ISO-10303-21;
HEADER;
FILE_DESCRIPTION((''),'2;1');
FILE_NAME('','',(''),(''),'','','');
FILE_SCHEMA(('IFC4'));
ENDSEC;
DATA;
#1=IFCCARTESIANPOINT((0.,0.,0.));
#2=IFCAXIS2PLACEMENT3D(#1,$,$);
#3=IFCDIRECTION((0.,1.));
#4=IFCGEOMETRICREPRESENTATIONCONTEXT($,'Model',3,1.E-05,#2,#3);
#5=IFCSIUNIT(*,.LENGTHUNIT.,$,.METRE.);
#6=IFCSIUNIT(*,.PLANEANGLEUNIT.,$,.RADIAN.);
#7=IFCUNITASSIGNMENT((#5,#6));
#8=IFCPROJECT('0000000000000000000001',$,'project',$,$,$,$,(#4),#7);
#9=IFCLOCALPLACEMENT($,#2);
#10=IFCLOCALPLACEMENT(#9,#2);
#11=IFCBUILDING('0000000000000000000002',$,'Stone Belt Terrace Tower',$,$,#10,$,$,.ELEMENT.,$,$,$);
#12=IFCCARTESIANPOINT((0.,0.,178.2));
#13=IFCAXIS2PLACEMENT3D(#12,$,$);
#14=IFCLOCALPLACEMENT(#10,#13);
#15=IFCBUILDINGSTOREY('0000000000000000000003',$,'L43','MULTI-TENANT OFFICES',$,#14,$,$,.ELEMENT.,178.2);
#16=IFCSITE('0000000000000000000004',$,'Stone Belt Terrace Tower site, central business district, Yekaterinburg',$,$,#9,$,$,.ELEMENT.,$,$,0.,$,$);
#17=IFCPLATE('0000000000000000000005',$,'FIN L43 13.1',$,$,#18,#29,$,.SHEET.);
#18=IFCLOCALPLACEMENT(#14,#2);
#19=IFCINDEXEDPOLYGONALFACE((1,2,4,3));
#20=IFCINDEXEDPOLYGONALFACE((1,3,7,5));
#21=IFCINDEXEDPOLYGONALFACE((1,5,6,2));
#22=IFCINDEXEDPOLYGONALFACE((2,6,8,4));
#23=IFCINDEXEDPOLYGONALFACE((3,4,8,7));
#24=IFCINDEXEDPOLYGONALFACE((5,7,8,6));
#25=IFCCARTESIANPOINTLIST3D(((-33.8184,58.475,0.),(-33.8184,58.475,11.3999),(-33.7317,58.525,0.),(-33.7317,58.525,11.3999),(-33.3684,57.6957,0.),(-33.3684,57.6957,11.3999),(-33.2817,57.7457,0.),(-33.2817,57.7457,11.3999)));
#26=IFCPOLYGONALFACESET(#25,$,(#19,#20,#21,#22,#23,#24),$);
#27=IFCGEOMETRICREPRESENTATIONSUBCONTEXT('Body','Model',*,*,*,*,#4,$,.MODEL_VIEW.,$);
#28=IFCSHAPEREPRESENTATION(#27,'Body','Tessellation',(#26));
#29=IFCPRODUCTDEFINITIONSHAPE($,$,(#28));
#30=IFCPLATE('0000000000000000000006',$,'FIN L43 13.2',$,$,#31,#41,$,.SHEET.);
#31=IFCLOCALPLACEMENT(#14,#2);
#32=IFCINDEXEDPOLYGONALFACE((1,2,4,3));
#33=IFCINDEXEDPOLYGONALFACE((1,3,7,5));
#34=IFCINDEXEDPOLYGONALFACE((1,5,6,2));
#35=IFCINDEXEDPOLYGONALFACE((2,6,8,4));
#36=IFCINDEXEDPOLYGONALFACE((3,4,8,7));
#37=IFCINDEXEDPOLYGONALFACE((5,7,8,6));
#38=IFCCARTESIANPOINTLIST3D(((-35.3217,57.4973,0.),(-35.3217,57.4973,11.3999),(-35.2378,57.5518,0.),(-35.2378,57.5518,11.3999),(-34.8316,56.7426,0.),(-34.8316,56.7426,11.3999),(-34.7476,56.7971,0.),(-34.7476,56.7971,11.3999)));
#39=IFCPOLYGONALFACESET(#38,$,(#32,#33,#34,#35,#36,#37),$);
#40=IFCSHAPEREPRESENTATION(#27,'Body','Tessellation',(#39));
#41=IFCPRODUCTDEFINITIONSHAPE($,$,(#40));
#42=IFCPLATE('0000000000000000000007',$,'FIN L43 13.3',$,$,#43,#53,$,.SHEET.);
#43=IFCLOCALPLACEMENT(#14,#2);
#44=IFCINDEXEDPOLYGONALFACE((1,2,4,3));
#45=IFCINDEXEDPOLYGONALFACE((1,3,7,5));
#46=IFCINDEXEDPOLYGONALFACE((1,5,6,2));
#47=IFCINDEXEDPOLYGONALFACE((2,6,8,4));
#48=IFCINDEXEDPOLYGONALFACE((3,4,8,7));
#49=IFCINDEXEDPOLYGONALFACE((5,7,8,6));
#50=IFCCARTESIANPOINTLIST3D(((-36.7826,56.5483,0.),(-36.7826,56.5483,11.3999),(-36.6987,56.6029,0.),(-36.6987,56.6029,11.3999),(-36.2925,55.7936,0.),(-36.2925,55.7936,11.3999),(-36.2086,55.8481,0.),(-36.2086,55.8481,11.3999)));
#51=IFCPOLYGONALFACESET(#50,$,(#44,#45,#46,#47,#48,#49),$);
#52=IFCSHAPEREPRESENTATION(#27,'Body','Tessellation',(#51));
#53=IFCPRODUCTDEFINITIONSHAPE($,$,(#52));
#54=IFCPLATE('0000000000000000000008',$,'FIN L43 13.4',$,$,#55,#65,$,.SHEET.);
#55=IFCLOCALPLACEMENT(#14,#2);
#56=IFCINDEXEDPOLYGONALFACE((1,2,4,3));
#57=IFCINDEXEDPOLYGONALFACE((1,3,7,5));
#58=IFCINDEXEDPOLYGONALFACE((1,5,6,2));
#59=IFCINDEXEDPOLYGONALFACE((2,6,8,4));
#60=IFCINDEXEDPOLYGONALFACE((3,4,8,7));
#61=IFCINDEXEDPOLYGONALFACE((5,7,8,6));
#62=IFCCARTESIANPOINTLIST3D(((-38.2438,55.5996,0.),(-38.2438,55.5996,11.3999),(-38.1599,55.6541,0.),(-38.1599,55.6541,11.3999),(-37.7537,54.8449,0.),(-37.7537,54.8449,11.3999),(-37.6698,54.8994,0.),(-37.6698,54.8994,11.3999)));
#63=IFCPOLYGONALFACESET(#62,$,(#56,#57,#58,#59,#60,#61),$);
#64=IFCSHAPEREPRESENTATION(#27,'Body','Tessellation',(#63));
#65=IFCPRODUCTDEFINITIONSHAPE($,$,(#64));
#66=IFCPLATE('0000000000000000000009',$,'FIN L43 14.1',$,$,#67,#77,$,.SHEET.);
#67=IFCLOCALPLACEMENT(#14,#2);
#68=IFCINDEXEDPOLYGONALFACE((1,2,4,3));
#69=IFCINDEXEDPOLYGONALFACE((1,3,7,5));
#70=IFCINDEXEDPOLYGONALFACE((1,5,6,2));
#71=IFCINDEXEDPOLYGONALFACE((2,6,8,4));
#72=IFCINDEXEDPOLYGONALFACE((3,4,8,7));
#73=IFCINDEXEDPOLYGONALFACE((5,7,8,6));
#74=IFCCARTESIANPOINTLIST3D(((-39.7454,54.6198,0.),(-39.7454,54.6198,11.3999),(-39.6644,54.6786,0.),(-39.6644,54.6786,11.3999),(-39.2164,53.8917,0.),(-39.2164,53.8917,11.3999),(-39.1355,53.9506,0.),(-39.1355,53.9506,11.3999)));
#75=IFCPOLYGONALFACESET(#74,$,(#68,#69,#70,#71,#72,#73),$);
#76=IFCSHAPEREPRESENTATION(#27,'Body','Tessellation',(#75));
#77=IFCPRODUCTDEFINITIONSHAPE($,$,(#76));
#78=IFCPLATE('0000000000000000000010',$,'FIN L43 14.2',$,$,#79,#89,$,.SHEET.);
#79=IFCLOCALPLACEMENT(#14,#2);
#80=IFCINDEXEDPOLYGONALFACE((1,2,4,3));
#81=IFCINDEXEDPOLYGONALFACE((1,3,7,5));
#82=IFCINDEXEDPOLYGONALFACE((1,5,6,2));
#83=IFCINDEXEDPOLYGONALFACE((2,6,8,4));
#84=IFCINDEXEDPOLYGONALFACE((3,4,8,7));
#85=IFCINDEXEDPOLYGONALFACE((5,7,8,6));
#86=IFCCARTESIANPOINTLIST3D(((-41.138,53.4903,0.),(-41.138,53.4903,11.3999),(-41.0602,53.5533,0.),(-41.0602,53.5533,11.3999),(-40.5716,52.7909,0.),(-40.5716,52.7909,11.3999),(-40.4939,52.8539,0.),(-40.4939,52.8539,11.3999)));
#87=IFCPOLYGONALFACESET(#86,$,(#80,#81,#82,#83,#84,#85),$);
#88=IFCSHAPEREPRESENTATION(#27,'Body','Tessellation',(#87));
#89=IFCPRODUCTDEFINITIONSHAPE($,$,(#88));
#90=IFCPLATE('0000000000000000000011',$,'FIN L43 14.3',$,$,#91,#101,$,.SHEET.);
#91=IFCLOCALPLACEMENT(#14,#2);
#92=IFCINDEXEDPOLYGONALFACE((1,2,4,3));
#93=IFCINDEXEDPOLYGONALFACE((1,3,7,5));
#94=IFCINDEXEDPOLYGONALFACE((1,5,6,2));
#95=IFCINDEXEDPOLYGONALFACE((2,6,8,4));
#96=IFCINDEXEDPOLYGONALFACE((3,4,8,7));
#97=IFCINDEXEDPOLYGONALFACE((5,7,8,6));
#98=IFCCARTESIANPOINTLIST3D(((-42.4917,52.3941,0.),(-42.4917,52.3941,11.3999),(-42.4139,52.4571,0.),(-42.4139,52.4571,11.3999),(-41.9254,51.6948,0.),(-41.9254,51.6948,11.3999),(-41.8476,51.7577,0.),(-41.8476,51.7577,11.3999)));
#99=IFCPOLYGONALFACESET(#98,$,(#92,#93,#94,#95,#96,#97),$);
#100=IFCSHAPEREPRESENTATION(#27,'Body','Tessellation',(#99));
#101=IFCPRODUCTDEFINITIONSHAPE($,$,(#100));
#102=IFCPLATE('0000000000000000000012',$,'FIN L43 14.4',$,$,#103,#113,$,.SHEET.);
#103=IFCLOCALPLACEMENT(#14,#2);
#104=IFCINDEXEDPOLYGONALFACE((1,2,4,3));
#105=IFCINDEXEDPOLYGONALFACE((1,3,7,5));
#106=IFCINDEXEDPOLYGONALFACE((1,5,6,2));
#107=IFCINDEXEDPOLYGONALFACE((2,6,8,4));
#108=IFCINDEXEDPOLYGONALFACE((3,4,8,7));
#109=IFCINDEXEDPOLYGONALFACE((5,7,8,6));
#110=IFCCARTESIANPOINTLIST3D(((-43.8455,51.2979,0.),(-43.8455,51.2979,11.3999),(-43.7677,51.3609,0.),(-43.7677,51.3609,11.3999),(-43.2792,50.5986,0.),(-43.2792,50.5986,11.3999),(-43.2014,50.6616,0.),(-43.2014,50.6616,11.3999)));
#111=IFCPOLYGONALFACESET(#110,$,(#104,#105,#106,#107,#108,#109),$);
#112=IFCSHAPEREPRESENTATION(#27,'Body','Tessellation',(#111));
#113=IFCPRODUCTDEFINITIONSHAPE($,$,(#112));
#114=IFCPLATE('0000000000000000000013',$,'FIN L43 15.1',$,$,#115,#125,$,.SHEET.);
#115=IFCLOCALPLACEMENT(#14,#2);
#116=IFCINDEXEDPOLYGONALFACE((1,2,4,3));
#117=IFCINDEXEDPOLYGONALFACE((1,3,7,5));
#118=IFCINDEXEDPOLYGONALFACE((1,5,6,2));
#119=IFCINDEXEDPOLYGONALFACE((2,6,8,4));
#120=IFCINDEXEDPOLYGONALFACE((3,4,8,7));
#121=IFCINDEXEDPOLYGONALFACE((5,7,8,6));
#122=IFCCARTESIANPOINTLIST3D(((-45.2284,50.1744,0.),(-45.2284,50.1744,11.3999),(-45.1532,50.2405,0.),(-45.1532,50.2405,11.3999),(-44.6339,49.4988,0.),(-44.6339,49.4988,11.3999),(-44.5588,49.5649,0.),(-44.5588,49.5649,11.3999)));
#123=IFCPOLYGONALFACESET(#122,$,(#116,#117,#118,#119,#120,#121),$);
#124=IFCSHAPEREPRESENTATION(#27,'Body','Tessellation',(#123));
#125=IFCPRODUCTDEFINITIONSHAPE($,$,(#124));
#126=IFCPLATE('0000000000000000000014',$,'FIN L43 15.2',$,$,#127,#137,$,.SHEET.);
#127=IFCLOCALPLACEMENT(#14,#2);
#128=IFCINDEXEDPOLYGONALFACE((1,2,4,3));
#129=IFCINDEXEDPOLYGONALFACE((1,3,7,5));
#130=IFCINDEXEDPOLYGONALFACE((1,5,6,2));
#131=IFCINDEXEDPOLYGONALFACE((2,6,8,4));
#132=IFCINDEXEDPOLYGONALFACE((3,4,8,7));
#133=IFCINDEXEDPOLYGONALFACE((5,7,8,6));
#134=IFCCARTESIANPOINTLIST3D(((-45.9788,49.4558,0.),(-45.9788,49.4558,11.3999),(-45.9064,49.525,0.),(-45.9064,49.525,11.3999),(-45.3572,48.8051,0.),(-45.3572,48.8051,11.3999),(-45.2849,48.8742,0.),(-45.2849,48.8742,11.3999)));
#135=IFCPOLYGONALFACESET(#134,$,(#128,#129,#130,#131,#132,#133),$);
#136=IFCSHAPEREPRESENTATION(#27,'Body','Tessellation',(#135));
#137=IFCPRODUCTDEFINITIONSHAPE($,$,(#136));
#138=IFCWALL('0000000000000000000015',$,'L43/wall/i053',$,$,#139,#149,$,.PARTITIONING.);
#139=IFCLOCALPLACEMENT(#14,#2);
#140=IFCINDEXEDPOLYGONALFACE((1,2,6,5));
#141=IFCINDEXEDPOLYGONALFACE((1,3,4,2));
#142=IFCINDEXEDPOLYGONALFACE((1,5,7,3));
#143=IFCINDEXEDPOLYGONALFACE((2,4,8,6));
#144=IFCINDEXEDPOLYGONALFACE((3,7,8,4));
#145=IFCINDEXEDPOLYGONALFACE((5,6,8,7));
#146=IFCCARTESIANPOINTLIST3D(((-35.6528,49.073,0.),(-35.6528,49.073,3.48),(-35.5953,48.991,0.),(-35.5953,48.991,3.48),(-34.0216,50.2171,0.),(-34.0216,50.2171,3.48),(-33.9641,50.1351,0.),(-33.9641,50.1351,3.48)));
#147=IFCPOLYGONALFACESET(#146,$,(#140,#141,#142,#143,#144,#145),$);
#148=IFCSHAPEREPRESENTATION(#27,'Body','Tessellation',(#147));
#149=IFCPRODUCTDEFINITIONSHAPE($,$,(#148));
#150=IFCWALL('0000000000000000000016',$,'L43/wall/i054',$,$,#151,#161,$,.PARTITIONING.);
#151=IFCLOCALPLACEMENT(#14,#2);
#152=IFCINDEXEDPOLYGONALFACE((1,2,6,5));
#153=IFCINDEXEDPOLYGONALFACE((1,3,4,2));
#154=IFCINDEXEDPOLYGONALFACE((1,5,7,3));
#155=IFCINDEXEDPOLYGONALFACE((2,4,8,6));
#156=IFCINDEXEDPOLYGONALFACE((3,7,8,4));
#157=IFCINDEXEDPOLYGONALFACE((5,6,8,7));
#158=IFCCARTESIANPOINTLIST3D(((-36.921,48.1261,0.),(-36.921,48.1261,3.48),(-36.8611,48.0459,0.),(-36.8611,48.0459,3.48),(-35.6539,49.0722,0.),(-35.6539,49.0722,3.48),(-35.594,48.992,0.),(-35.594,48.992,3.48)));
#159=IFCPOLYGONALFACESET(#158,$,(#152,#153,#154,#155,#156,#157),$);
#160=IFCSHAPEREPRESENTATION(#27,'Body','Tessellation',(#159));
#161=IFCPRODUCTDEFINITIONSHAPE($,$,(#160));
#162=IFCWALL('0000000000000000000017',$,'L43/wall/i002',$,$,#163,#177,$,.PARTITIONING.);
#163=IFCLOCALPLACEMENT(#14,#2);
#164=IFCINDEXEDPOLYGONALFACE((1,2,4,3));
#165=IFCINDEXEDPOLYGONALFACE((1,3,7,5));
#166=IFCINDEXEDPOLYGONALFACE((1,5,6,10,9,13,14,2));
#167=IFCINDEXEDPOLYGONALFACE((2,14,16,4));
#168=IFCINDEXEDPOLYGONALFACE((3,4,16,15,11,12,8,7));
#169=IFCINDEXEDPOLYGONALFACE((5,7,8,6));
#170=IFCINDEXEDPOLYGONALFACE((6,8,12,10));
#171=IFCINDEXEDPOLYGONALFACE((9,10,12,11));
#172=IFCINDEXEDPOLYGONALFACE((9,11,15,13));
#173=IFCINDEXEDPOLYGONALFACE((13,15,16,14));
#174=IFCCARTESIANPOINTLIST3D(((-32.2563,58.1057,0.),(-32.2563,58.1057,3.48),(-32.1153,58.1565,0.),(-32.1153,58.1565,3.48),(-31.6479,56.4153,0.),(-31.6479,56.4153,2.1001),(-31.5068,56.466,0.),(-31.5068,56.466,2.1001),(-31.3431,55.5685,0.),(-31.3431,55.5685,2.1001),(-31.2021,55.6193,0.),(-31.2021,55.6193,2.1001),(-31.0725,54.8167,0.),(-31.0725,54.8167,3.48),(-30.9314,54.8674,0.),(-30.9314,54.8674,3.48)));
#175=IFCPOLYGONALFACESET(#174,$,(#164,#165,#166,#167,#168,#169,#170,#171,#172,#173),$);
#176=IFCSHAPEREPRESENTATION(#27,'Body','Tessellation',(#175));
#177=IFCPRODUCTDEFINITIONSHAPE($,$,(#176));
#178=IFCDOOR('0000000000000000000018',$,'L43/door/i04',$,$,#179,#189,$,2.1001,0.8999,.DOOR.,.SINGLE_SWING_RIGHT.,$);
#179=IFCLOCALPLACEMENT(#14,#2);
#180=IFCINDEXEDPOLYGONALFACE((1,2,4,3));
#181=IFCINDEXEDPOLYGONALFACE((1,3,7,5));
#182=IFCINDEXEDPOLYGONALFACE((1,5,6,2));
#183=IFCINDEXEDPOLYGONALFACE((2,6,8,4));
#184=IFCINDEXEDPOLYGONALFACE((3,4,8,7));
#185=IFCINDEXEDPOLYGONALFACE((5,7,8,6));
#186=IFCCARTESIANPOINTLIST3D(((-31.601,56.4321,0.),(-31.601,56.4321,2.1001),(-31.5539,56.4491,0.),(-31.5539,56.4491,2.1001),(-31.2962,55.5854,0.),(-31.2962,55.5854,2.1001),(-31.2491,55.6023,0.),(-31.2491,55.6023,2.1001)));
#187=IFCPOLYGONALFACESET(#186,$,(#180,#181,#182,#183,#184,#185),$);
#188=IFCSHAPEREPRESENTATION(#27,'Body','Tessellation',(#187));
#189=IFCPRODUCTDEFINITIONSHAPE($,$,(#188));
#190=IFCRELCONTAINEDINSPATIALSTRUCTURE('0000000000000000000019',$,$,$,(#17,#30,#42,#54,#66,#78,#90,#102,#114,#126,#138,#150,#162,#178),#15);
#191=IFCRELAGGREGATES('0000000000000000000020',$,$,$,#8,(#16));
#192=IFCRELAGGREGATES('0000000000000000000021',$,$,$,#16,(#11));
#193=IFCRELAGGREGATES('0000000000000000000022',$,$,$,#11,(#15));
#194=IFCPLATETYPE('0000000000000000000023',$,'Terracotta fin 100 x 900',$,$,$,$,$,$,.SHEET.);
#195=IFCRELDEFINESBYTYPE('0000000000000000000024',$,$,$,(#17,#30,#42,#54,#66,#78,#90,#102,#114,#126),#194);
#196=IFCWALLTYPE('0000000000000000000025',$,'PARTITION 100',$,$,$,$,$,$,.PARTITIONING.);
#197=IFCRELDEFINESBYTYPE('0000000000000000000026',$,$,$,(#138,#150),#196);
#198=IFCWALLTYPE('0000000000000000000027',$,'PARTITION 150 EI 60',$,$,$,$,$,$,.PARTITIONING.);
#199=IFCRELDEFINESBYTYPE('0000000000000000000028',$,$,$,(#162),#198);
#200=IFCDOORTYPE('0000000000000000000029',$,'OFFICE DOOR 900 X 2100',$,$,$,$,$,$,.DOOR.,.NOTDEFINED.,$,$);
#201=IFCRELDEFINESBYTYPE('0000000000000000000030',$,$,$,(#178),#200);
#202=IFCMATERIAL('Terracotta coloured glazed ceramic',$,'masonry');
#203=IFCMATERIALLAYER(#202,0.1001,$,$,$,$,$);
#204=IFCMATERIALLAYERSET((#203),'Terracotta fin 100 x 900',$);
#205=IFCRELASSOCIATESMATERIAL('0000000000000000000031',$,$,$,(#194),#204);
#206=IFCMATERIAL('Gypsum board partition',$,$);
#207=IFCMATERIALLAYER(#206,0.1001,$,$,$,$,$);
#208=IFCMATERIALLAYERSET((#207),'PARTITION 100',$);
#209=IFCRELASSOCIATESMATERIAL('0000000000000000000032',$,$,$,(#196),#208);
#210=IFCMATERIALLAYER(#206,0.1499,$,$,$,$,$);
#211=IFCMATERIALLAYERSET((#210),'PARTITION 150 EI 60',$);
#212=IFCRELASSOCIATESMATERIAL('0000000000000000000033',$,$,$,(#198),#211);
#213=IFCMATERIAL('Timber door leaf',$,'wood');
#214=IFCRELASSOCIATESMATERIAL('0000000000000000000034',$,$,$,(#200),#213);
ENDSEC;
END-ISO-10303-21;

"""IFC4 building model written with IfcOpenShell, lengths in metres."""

from ifc_helpers import new_model, si_unit, direction, frame, frame_2d, origin, origin_2d, place, context, subcontext, project, spatial, rectangle, extrude, material, layer, layer_set, type_object, element, fill, save


model = new_model("IFC4")

# Units and contexts
model_context = context("Model", 3, precision=1e-05, world=origin(), true_north=direction((0.0, 1.0)))
body_context = subcontext(model_context, "Body", "Model", "MODEL_VIEW")
ifc_project = project(units=[si_unit("LENGTHUNIT", "METRE"), si_unit("PLANEANGLEUNIT", "RADIAN")], contexts=[model_context])

# Site, building, storey
site_placement = place(None, origin())
site = spatial("IfcSite", under=ifc_project, at=site_placement, Name="Stone Belt Terrace Tower site, central business district, Yekaterinburg", CompositionType="ELEMENT", RefElevation=0.0)
building_placement = place(site_placement, origin())
building = spatial("IfcBuilding", under=site, at=building_placement, Name="Stone Belt Terrace Tower", CompositionType="ELEMENT")
storey_placement = place(building_placement, frame((0.0, 0.0, 178.2)))
storey = spatial("IfcBuildingStorey", under=building, at=storey_placement, Name="L43", Description="MULTI-TENANT OFFICES", CompositionType="ELEMENT", Elevation=178.2)

# Plates
ifc_material_1 = material(Name="Terracotta coloured glazed ceramic", Category="masonry")
ifc_layer_1 = layer(ifc_material_1, 0.1001)
ifc_layer_set_1 = layer_set([ifc_layer_1], Name="Terracotta fin 100 x 900")
plate_type_1 = type_object("IfcPlateType", Name="Terracotta fin 100 x 900", PredefinedType="SHEET", material=ifc_layer_set_1)
for number, where, z_axis, x_axis, name in (
    (1, (-33.55, 58.1104, 0.0), (0.0, 0.0, 1.0), (-0.5, 0.866025, 0.0), "FIN L43 13.1"),
    (2, (-35.0347, 57.1472, 0.0), (0.0, 0.0, 1.0), (-0.544639, 0.838671, 0.0), "FIN L43 13.2"),
    (3, (-36.4956, 56.1982, 0.0), (0.0, 0.0, 1.0), (-0.544639, 0.838671, 0.0), "FIN L43 13.3"),
    (4, (-37.9568, 55.2495, 0.0), (0.0, 0.0, 1.0), (-0.544639, 0.838671, 0.0), "FIN L43 13.4"),
    (5, (-39.4404, 54.2852, 0.0), (0.0, 0.0, 1.0), (-0.587785, 0.809017, 0.0), "FIN L43 14.1"),
    (6, (-40.8159, 53.1721, 0.0), (0.0, 0.0, 1.0), (-0.62932, 0.777146, 0.0), "FIN L43 14.2"),
    (7, (-42.1697, 52.0759, 0.0), (0.0, 0.0, 1.0), (-0.62932, 0.777146, 0.0), "FIN L43 14.3"),
    (8, (-43.5234, 50.9797, 0.0), (0.0, 0.0, 1.0), (-0.62932, 0.777146, 0.0), "FIN L43 14.4"),
    (9, (-44.8936, 49.8696, 0.0), (0.0, 0.0, 1.0), (-0.660573, 0.750761, 0.0), "FIN L43 15.1"),
    (10, (-45.6318, 49.165, 0.0), (0.0, 0.0, 1.0), (-0.690721, 0.723121, 0.0), "FIN L43 15.2"),
):
    element("IfcPlate", number, at=place(storey_placement, frame(where, z_axis=z_axis, x_axis=x_axis)), inside=storey, type_object=plate_type_1, Name=name, PredefinedType="SHEET", context=body_context, shape_type="SweptSolid", body=[
        extrude(rectangle(XDim=0.8999, YDim=0.1001, at=origin_2d()), origin(), (0.0, 0.0, 1.0), 11.3999),
    ])

# Walls
ifc_material_2 = material(Name="Gypsum board partition")
ifc_layer_2 = layer(ifc_material_2, 0.1001)
ifc_layer_set_2 = layer_set([ifc_layer_2], Name="PARTITION 100")
wall_type_1 = type_object("IfcWallType", Name="PARTITION 100", PredefinedType="PARTITIONING", material=ifc_layer_set_2)
wall_1_placement = place(storey_placement, frame((-33.9929, 50.176, 0.0), z_axis=(0.0, 0.0, 1.0), x_axis=(-0.818696, -0.574227, 0.0)))
element("IfcWall", 11, at=wall_1_placement, inside=storey, type_object=wall_type_1, Name="L43/wall/i053", PredefinedType="PARTITIONING", context=body_context, shape_type="SweptSolid", body=[
    extrude(rectangle(XDim=1.9924, YDim=0.1001, at=frame_2d((0.9961, 0.0))), origin(), (0.0, 0.0, 1.0), 3.48),
])
wall_2_placement = place(storey_placement, frame((-35.624, 49.032, 0.0), z_axis=(0.0, 0.0, 1.0), x_axis=(-0.801295, -0.598269, 0.0)))
element("IfcWall", 12, at=wall_2_placement, inside=storey, type_object=wall_type_1, Name="L43/wall/i054", PredefinedType="PARTITIONING", context=body_context, shape_type="SweptSolid", body=[
    extrude(rectangle(XDim=1.5813, YDim=0.1001, at=frame_2d((0.7905, 0.0))), origin(), (0.0, 0.0, 1.0), 3.48),
])

# Wall, opening, door
ifc_layer_3 = layer(ifc_material_2, 0.1499)
ifc_layer_set_3 = layer_set([ifc_layer_3], Name="PARTITION 150 EI 60")
wall_type_2 = type_object("IfcWallType", Name="PARTITION 150 EI 60", PredefinedType="PARTITIONING", material=ifc_layer_set_3)
wall_3_placement = place(storey_placement, frame((-32.1858, 58.1311, 0.0), z_axis=(0.0, 0.0, 1.0), x_axis=(0.338663, -0.940908, 0.0)))
wall_3 = element("IfcWall", 13, at=wall_3_placement, inside=storey, type_object=wall_type_2, Name="L43/wall/i002", PredefinedType="PARTITIONING", context=body_context, shape_type="SweptSolid", body=[
    extrude(rectangle(XDim=3.4956, YDim=0.1499, at=frame_2d((1.7478, 0.0))), origin(), (0.0, 0.0, 1.0), 3.48),
])
opening_placement = place(wall_3_placement, frame((1.7966, 0.0, 0.0)))
opening = element("IfcOpeningElement", 14, at=opening_placement, cuts=wall_3, PredefinedType="OPENING", context=body_context, shape_type="SweptSolid", body=[
    extrude(rectangle(XDim=0.8999, YDim=2.1001, at=frame_2d((0.45, 1.05))), frame((0.0, 0.085, 0.0), z_axis=(0.0, -1.0, 0.0), x_axis=(1.0, 0.0, 0.0)), (0.0, 0.0, 1.0), 0.1699),
])
ifc_material_3 = material(Name="Timber door leaf", Category="wood")
door_type = type_object("IfcDoorType", Name="OFFICE DOOR 900 X 2100", OperationType="NOTDEFINED", PredefinedType="DOOR", material=ifc_material_3)
door_placement = place(opening_placement, origin())
door = element("IfcDoor", 15, at=door_placement, inside=storey, type_object=door_type, Name="L43/door/i04", OperationType="SINGLE_SWING_RIGHT", OverallHeight=2.1001, OverallWidth=0.8999, PredefinedType="DOOR", context=body_context, shape_type="SweptSolid", body=[
    extrude(rectangle(XDim=0.8999, YDim=2.1001, at=frame_2d((0.45, 1.05))), frame((0.0, 0.0249, 0.0), z_axis=(0.0, -1.0, 0.0), x_axis=(1.0, 0.0, 0.0)), (0.0, 0.0, 1.0), 0.05),
])
fill(opening, door)

save(model, "model.ifc")
